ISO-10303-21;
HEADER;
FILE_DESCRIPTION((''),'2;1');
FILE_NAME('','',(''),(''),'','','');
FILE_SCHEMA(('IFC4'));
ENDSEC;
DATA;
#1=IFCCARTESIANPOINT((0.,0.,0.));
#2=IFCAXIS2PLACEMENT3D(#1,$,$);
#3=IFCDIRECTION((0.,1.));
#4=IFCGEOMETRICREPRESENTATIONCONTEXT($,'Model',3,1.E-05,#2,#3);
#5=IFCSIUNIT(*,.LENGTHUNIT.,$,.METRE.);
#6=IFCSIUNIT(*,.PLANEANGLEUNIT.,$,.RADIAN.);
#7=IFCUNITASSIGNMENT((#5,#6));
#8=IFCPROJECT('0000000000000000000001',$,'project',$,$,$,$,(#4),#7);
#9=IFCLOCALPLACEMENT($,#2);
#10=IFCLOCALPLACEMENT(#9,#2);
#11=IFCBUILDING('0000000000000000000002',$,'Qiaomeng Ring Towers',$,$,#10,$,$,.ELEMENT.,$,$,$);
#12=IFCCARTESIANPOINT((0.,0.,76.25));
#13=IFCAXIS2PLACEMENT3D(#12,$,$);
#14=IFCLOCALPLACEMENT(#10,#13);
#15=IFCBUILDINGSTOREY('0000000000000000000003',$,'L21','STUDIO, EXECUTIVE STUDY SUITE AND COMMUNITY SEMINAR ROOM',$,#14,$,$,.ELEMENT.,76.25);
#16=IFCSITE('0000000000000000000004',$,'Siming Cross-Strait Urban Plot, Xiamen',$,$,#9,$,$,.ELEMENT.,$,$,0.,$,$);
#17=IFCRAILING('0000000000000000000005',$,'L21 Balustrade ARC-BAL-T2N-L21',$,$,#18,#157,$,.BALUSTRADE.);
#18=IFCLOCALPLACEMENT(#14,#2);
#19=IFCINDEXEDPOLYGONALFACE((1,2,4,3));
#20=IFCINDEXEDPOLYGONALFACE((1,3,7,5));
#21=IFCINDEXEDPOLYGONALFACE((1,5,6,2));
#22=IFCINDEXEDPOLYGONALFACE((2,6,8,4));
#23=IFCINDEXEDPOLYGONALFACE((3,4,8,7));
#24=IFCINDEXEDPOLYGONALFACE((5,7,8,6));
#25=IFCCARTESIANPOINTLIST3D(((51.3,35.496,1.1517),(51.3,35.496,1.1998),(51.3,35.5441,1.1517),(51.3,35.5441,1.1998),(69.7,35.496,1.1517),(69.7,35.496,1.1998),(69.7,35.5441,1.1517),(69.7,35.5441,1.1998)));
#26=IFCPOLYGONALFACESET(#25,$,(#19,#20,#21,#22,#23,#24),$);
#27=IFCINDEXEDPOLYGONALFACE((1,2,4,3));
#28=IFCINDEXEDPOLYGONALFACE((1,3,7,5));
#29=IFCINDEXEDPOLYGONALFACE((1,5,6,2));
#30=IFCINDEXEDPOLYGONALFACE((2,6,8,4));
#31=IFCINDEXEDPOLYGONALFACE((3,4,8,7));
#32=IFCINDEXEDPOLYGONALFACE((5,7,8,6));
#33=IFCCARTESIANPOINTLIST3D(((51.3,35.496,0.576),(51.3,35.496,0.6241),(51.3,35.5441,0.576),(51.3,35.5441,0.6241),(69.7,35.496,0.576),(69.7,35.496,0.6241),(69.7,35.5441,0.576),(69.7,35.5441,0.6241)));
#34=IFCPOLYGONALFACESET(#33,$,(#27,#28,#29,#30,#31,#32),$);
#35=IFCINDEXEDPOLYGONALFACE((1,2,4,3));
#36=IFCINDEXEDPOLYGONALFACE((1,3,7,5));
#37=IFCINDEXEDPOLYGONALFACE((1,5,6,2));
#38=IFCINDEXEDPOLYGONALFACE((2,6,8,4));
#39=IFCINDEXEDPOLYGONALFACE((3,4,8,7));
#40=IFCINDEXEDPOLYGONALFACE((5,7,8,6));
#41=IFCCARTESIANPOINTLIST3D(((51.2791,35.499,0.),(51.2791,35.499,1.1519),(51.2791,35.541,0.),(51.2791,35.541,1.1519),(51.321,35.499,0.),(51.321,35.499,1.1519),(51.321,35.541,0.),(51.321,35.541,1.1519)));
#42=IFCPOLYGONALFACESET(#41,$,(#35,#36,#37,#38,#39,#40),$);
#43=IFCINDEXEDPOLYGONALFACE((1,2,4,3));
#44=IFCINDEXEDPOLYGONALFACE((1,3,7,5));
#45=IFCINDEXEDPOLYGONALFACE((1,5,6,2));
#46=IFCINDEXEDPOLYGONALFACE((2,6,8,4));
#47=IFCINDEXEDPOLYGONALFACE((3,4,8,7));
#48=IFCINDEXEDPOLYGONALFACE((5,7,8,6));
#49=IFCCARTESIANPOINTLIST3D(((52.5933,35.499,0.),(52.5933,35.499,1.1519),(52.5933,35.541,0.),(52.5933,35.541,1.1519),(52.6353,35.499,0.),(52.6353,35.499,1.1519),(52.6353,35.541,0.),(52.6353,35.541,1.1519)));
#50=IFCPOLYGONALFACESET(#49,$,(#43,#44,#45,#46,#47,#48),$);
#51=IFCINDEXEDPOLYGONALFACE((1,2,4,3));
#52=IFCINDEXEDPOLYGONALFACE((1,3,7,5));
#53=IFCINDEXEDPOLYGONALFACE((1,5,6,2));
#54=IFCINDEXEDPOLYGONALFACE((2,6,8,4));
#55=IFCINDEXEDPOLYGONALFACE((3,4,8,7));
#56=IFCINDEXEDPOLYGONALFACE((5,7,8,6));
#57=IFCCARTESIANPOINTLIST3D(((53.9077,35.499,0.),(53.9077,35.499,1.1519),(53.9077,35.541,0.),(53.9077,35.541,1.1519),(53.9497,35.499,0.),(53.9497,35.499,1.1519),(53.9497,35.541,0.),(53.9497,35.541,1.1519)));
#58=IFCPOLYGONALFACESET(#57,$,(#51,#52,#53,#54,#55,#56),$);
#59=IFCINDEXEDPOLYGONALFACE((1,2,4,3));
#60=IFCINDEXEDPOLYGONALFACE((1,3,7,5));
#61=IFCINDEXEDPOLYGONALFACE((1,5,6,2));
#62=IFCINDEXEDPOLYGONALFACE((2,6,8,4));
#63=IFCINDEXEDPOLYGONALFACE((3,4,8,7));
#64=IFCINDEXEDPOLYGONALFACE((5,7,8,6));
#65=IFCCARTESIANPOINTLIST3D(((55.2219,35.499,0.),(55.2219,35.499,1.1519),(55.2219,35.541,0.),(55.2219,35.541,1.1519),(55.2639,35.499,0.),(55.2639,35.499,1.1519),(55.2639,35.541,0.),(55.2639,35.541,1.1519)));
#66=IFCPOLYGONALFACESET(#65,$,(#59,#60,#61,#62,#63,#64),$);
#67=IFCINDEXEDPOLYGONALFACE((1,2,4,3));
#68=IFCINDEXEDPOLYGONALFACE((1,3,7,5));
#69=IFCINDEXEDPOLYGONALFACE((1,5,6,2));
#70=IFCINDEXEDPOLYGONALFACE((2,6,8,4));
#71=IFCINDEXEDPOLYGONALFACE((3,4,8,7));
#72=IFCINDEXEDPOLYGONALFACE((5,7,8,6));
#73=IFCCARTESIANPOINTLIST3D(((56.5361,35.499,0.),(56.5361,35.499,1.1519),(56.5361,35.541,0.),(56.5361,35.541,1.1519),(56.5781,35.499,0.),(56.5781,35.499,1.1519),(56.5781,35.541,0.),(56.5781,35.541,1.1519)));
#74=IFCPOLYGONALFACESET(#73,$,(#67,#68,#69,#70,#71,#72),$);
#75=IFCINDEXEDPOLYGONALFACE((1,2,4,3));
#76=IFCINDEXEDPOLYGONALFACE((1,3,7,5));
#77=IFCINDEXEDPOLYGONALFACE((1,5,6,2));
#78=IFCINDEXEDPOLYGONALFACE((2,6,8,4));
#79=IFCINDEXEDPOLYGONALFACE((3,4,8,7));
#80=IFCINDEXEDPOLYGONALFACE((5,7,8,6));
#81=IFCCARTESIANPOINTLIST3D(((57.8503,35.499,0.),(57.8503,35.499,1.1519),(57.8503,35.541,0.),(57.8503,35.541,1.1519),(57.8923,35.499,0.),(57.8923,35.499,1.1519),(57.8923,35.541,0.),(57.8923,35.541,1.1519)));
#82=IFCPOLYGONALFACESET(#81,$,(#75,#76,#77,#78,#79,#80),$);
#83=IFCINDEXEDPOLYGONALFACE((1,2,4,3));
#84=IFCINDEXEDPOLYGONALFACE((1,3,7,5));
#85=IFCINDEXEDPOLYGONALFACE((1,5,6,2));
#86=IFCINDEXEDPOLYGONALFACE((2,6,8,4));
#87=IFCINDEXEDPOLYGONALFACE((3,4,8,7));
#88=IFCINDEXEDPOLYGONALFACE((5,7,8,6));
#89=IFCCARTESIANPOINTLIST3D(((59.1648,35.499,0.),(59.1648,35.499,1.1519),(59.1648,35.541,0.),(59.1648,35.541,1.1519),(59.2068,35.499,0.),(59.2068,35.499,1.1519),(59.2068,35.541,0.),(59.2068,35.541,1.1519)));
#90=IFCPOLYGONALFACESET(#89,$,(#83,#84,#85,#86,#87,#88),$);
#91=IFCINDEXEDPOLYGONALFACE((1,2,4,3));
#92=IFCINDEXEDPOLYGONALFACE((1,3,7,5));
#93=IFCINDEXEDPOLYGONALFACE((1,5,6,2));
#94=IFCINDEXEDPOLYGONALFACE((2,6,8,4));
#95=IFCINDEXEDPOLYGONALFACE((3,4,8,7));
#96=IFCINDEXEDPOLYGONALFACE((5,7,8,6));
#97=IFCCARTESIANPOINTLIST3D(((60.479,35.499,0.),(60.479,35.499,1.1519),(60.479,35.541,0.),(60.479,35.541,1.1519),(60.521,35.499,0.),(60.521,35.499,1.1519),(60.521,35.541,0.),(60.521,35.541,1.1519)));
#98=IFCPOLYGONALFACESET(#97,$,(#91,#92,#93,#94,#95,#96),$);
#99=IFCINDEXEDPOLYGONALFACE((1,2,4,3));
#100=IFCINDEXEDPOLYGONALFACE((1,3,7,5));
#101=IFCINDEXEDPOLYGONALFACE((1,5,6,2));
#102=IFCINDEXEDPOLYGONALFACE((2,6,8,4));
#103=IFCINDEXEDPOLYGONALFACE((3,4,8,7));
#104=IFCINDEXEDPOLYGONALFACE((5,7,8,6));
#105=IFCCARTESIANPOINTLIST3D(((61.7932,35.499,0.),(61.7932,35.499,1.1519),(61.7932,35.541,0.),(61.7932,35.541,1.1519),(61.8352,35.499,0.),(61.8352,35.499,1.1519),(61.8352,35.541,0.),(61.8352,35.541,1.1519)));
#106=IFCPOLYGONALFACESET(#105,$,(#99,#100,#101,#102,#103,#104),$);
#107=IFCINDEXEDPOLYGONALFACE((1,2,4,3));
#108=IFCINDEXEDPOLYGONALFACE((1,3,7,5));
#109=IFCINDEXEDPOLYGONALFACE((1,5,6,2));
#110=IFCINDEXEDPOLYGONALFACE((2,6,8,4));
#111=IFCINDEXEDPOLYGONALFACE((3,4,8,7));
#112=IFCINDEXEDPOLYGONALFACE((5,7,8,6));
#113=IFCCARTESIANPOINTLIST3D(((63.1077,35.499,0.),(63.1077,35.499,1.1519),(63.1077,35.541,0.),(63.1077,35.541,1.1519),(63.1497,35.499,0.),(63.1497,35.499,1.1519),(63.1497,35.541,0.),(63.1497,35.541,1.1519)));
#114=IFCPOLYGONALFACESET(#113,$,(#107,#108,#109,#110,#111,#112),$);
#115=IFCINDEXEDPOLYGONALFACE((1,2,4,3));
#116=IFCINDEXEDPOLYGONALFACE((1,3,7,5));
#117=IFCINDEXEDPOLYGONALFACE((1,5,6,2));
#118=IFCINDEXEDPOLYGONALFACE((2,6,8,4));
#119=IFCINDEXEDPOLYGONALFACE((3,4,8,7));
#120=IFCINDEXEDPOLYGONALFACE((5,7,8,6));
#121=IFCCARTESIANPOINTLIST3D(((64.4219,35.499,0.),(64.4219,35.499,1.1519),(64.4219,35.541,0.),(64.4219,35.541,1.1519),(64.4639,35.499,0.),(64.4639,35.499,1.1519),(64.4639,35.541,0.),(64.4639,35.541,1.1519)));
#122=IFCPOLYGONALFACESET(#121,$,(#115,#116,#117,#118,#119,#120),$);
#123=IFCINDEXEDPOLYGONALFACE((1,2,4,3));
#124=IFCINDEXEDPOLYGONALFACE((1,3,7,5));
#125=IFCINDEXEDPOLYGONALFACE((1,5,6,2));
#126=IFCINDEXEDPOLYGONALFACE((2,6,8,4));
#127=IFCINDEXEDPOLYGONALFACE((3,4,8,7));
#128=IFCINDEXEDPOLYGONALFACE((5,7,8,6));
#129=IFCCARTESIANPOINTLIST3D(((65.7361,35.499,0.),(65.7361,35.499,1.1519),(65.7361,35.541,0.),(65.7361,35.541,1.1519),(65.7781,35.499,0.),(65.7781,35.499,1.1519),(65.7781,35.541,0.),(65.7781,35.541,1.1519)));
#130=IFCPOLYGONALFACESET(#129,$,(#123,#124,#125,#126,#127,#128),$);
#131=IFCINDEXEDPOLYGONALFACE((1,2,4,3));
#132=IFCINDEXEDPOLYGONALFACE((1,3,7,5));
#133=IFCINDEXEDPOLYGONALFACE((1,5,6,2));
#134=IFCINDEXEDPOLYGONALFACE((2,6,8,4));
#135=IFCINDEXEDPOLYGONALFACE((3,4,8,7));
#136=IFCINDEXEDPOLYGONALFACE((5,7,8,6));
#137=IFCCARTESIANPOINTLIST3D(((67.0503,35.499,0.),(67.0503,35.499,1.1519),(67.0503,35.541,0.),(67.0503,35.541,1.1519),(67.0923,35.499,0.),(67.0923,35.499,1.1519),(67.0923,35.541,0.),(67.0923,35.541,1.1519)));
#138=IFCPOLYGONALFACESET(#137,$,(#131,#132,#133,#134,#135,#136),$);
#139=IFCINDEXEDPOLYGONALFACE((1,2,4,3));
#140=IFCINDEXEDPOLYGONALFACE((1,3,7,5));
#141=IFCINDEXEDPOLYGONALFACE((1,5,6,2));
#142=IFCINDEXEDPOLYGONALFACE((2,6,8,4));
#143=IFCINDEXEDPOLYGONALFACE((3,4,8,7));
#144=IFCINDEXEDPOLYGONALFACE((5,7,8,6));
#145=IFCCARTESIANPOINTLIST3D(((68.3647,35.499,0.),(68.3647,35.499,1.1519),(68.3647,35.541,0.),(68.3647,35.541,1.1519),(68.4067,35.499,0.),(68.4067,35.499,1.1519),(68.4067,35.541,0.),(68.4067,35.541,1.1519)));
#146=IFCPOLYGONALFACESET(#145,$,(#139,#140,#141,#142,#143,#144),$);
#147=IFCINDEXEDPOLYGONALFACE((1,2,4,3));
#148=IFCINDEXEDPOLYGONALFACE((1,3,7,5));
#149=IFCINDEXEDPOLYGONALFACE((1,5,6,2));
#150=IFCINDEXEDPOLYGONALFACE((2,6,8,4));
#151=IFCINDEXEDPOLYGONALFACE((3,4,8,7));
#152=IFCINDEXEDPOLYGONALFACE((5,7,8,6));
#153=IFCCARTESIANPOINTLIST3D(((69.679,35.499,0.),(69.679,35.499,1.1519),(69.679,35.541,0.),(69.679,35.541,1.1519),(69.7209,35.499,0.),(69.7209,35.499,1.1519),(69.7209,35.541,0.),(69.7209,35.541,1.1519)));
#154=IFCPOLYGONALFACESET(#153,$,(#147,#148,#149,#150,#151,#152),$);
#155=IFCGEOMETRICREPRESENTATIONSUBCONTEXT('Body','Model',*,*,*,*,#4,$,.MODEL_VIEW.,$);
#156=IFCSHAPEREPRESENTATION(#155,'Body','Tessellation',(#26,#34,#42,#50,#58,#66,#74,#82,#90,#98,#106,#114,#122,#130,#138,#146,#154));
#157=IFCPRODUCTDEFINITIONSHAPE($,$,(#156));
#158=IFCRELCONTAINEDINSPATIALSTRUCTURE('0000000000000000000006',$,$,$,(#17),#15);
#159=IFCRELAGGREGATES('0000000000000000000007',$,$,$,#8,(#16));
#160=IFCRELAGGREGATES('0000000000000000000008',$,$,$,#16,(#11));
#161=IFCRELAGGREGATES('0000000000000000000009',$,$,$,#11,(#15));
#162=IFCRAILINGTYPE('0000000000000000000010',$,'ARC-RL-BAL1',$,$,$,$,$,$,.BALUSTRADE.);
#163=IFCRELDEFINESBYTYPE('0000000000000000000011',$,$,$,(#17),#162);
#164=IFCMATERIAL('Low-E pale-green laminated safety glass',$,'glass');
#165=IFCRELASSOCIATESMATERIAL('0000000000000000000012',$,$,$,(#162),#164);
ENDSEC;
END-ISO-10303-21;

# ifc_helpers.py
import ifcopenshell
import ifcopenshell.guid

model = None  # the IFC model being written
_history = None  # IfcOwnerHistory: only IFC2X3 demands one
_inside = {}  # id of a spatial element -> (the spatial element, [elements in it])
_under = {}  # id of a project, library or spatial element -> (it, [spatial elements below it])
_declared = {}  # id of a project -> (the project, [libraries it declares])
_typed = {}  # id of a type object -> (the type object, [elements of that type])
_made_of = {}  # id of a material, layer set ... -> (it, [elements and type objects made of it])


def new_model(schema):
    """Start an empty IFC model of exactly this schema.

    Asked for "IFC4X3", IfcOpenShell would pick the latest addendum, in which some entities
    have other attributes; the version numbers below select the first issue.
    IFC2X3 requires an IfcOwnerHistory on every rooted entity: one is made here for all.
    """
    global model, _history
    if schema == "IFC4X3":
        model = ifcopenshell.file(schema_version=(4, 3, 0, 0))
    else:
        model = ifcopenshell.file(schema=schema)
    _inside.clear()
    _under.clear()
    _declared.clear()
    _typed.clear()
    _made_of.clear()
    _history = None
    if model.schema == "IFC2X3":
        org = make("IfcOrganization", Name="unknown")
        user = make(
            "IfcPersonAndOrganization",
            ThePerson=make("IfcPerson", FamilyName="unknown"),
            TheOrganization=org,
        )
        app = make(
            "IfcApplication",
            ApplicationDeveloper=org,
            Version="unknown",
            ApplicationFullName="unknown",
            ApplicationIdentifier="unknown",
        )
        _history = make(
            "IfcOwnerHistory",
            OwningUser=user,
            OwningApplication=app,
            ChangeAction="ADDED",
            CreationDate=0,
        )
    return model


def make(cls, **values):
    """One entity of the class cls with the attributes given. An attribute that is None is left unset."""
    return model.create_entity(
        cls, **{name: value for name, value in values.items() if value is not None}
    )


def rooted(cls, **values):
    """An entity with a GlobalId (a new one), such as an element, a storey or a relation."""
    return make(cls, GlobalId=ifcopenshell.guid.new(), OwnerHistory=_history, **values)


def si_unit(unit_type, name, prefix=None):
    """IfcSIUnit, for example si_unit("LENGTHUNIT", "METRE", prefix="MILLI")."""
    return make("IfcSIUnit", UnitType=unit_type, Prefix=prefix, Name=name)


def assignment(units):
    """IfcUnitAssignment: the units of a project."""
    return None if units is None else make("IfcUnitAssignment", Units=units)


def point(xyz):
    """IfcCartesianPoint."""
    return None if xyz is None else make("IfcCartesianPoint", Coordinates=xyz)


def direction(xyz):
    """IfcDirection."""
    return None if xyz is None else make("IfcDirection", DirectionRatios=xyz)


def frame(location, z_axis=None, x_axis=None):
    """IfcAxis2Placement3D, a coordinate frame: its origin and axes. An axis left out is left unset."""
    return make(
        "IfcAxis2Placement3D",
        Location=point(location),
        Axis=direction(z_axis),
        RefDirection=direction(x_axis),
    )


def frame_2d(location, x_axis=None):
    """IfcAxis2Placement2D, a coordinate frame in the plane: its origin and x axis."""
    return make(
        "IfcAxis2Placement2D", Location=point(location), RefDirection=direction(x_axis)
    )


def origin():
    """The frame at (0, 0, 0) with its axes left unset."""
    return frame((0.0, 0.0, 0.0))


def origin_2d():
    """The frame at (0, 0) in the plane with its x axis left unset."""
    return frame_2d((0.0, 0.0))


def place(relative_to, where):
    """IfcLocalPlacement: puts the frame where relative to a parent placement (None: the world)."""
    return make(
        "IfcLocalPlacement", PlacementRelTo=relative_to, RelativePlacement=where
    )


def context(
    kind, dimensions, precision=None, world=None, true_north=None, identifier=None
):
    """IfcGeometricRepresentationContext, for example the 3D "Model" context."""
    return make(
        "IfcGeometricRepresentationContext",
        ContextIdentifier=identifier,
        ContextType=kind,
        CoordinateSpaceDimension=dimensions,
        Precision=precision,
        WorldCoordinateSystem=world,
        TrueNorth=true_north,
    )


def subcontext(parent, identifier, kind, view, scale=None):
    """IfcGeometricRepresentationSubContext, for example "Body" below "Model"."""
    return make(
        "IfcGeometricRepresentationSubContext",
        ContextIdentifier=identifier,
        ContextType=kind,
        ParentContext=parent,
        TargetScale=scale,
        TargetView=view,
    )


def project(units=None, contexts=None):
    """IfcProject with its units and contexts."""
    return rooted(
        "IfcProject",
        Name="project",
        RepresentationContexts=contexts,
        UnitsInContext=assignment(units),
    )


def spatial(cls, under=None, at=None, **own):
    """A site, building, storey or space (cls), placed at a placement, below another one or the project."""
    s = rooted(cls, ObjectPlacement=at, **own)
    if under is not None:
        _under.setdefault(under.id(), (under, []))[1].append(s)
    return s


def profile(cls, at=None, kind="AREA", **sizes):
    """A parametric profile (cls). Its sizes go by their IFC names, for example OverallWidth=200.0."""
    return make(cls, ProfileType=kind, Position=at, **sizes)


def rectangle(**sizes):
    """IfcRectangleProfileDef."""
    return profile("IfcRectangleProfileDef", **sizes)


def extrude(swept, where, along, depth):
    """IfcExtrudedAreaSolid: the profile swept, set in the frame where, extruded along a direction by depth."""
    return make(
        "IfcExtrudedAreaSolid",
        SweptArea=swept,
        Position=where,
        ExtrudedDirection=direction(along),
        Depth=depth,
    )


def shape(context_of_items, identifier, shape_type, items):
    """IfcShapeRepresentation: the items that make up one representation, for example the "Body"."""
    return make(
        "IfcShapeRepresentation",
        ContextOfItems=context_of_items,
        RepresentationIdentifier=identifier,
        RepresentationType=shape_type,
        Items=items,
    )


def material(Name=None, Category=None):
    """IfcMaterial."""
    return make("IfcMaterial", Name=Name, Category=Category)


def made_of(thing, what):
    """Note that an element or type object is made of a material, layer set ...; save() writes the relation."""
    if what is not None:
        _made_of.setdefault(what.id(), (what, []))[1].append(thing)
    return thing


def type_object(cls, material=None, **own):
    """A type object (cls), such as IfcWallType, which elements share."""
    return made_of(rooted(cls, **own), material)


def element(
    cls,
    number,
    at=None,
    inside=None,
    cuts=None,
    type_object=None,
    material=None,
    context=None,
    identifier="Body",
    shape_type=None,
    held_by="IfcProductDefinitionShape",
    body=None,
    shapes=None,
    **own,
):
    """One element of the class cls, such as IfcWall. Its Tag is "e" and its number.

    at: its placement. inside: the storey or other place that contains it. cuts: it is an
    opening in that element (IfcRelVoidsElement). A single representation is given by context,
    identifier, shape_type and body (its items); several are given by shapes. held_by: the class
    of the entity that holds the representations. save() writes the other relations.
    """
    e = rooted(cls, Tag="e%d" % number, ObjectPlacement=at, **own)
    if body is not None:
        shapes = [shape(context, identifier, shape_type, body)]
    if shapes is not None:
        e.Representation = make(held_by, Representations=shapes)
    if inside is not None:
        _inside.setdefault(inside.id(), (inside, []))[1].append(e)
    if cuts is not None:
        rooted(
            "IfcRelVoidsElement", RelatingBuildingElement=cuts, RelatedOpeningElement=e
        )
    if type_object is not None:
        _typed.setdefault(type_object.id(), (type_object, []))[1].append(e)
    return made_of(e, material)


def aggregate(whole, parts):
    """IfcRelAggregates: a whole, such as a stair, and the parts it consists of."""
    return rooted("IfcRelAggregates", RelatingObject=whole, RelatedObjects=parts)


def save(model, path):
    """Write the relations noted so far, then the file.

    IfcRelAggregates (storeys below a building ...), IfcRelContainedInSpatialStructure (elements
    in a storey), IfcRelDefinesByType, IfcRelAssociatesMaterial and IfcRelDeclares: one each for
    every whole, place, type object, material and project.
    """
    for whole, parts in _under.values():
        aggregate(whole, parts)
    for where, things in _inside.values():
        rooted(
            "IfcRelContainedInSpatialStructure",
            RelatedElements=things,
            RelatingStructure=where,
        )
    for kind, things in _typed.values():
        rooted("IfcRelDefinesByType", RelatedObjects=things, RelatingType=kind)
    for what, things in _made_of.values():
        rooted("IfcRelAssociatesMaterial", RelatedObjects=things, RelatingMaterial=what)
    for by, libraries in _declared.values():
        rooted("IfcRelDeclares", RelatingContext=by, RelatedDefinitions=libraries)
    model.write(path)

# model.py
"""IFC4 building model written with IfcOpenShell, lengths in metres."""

from ifc_helpers import new_model, si_unit, direction, frame, origin, origin_2d, place, context, subcontext, project, spatial, rectangle, extrude, material, type_object, element, save


model = new_model("IFC4")

# Units and contexts
model_context = context("Model", 3, precision=1e-05, world=origin(), true_north=direction((0.0, 1.0)))
body_context = subcontext(model_context, "Body", "Model", "MODEL_VIEW")
ifc_project = project(units=[si_unit("LENGTHUNIT", "METRE"), si_unit("PLANEANGLEUNIT", "RADIAN")], contexts=[model_context])

# Site, building, storey
site_placement = place(None, origin())
site = spatial("IfcSite", under=ifc_project, at=site_placement, Name="Siming Cross-Strait Urban Plot, Xiamen", CompositionType="ELEMENT", RefElevation=0.0)
building_placement = place(site_placement, origin())
building = spatial("IfcBuilding", under=site, at=building_placement, Name="Qiaomeng Ring Towers", CompositionType="ELEMENT")
storey_placement = place(building_placement, frame((0.0, 0.0, 76.25)))
storey = spatial("IfcBuildingStorey", under=building, at=storey_placement, Name="L21", Description="STUDIO, EXECUTIVE STUDY SUITE AND COMMUNITY SEMINAR ROOM", CompositionType="ELEMENT", Elevation=76.25)

# Railing
ifc_material_1 = material(Name="Low-E pale-green laminated safety glass", Category="glass")
railing_type = type_object("IfcRailingType", Name="ARC-RL-BAL1", PredefinedType="BALUSTRADE", material=ifc_material_1)
railing_1_placement = place(storey_placement, frame((51.3, 35.52, 0.0)))
element("IfcRailing", 1, at=railing_1_placement, inside=storey, type_object=railing_type, Name="L21 Balustrade ARC-BAL-T2N-L21", PredefinedType="BALUSTRADE", context=body_context, shape_type="SweptSolid", body=[
    extrude(rectangle(XDim=0.0481, YDim=0.0481, at=origin_2d()), frame((0.0, 0.0, 1.1758), z_axis=(1.0, 0.0, 0.0), x_axis=(0.0, 1.0, 0.0)), (0.0, 0.0, 1.0), 18.3999),
    extrude(rectangle(XDim=0.0481, YDim=0.0481, at=origin_2d()), frame((0.0, 0.0, 0.6001), z_axis=(1.0, 0.0, 0.0), x_axis=(0.0, 1.0, 0.0)), (0.0, 0.0, 1.0), 18.3999),
    extrude(rectangle(XDim=0.042, YDim=0.042, at=origin_2d()), origin(), (0.0, 0.0, 1.0), 1.1519),
    extrude(rectangle(XDim=0.042, YDim=0.042, at=origin_2d()), frame((1.3142, 0.0, 0.0)), (0.0, 0.0, 1.0), 1.1519),
    extrude(rectangle(XDim=0.042, YDim=0.042, at=origin_2d()), frame((2.6287, 0.0, 0.0)), (0.0, 0.0, 1.0), 1.1519),
    extrude(rectangle(XDim=0.042, YDim=0.042, at=origin_2d()), frame((3.9429, 0.0, 0.0)), (0.0, 0.0, 1.0), 1.1519),
    extrude(rectangle(XDim=0.042, YDim=0.042, at=origin_2d()), frame((5.2571, 0.0, 0.0)), (0.0, 0.0, 1.0), 1.1519),
    extrude(rectangle(XDim=0.042, YDim=0.042, at=origin_2d()), frame((6.5713, 0.0, 0.0)), (0.0, 0.0, 1.0), 1.1519),
    extrude(rectangle(XDim=0.042, YDim=0.042, at=origin_2d()), frame((7.8857, 0.0, 0.0)), (0.0, 0.0, 1.0), 1.1519),
    extrude(rectangle(XDim=0.042, YDim=0.042, at=origin_2d()), frame((9.2, 0.0, 0.0)), (0.0, 0.0, 1.0), 1.1519),
    extrude(rectangle(XDim=0.042, YDim=0.042, at=origin_2d()), frame((10.5142, 0.0, 0.0)), (0.0, 0.0, 1.0), 1.1519),
    extrude(rectangle(XDim=0.042, YDim=0.042, at=origin_2d()), frame((11.8286, 0.0, 0.0)), (0.0, 0.0, 1.0), 1.1519),
    extrude(rectangle(XDim=0.042, YDim=0.042, at=origin_2d()), frame((13.1428, 0.0, 0.0)), (0.0, 0.0, 1.0), 1.1519),
    extrude(rectangle(XDim=0.042, YDim=0.042, at=origin_2d()), frame((14.457, 0.0, 0.0)), (0.0, 0.0, 1.0), 1.1519),
    extrude(rectangle(XDim=0.042, YDim=0.042, at=origin_2d()), frame((15.7712, 0.0, 0.0)), (0.0, 0.0, 1.0), 1.1519),
    extrude(rectangle(XDim=0.042, YDim=0.042, at=origin_2d()), frame((17.0857, 0.0, 0.0)), (0.0, 0.0, 1.0), 1.1519),
    extrude(rectangle(XDim=0.042, YDim=0.042, at=origin_2d()), frame((18.3999, 0.0, 0.0)), (0.0, 0.0, 1.0), 1.1519),
])

save(model, "model.ifc")
